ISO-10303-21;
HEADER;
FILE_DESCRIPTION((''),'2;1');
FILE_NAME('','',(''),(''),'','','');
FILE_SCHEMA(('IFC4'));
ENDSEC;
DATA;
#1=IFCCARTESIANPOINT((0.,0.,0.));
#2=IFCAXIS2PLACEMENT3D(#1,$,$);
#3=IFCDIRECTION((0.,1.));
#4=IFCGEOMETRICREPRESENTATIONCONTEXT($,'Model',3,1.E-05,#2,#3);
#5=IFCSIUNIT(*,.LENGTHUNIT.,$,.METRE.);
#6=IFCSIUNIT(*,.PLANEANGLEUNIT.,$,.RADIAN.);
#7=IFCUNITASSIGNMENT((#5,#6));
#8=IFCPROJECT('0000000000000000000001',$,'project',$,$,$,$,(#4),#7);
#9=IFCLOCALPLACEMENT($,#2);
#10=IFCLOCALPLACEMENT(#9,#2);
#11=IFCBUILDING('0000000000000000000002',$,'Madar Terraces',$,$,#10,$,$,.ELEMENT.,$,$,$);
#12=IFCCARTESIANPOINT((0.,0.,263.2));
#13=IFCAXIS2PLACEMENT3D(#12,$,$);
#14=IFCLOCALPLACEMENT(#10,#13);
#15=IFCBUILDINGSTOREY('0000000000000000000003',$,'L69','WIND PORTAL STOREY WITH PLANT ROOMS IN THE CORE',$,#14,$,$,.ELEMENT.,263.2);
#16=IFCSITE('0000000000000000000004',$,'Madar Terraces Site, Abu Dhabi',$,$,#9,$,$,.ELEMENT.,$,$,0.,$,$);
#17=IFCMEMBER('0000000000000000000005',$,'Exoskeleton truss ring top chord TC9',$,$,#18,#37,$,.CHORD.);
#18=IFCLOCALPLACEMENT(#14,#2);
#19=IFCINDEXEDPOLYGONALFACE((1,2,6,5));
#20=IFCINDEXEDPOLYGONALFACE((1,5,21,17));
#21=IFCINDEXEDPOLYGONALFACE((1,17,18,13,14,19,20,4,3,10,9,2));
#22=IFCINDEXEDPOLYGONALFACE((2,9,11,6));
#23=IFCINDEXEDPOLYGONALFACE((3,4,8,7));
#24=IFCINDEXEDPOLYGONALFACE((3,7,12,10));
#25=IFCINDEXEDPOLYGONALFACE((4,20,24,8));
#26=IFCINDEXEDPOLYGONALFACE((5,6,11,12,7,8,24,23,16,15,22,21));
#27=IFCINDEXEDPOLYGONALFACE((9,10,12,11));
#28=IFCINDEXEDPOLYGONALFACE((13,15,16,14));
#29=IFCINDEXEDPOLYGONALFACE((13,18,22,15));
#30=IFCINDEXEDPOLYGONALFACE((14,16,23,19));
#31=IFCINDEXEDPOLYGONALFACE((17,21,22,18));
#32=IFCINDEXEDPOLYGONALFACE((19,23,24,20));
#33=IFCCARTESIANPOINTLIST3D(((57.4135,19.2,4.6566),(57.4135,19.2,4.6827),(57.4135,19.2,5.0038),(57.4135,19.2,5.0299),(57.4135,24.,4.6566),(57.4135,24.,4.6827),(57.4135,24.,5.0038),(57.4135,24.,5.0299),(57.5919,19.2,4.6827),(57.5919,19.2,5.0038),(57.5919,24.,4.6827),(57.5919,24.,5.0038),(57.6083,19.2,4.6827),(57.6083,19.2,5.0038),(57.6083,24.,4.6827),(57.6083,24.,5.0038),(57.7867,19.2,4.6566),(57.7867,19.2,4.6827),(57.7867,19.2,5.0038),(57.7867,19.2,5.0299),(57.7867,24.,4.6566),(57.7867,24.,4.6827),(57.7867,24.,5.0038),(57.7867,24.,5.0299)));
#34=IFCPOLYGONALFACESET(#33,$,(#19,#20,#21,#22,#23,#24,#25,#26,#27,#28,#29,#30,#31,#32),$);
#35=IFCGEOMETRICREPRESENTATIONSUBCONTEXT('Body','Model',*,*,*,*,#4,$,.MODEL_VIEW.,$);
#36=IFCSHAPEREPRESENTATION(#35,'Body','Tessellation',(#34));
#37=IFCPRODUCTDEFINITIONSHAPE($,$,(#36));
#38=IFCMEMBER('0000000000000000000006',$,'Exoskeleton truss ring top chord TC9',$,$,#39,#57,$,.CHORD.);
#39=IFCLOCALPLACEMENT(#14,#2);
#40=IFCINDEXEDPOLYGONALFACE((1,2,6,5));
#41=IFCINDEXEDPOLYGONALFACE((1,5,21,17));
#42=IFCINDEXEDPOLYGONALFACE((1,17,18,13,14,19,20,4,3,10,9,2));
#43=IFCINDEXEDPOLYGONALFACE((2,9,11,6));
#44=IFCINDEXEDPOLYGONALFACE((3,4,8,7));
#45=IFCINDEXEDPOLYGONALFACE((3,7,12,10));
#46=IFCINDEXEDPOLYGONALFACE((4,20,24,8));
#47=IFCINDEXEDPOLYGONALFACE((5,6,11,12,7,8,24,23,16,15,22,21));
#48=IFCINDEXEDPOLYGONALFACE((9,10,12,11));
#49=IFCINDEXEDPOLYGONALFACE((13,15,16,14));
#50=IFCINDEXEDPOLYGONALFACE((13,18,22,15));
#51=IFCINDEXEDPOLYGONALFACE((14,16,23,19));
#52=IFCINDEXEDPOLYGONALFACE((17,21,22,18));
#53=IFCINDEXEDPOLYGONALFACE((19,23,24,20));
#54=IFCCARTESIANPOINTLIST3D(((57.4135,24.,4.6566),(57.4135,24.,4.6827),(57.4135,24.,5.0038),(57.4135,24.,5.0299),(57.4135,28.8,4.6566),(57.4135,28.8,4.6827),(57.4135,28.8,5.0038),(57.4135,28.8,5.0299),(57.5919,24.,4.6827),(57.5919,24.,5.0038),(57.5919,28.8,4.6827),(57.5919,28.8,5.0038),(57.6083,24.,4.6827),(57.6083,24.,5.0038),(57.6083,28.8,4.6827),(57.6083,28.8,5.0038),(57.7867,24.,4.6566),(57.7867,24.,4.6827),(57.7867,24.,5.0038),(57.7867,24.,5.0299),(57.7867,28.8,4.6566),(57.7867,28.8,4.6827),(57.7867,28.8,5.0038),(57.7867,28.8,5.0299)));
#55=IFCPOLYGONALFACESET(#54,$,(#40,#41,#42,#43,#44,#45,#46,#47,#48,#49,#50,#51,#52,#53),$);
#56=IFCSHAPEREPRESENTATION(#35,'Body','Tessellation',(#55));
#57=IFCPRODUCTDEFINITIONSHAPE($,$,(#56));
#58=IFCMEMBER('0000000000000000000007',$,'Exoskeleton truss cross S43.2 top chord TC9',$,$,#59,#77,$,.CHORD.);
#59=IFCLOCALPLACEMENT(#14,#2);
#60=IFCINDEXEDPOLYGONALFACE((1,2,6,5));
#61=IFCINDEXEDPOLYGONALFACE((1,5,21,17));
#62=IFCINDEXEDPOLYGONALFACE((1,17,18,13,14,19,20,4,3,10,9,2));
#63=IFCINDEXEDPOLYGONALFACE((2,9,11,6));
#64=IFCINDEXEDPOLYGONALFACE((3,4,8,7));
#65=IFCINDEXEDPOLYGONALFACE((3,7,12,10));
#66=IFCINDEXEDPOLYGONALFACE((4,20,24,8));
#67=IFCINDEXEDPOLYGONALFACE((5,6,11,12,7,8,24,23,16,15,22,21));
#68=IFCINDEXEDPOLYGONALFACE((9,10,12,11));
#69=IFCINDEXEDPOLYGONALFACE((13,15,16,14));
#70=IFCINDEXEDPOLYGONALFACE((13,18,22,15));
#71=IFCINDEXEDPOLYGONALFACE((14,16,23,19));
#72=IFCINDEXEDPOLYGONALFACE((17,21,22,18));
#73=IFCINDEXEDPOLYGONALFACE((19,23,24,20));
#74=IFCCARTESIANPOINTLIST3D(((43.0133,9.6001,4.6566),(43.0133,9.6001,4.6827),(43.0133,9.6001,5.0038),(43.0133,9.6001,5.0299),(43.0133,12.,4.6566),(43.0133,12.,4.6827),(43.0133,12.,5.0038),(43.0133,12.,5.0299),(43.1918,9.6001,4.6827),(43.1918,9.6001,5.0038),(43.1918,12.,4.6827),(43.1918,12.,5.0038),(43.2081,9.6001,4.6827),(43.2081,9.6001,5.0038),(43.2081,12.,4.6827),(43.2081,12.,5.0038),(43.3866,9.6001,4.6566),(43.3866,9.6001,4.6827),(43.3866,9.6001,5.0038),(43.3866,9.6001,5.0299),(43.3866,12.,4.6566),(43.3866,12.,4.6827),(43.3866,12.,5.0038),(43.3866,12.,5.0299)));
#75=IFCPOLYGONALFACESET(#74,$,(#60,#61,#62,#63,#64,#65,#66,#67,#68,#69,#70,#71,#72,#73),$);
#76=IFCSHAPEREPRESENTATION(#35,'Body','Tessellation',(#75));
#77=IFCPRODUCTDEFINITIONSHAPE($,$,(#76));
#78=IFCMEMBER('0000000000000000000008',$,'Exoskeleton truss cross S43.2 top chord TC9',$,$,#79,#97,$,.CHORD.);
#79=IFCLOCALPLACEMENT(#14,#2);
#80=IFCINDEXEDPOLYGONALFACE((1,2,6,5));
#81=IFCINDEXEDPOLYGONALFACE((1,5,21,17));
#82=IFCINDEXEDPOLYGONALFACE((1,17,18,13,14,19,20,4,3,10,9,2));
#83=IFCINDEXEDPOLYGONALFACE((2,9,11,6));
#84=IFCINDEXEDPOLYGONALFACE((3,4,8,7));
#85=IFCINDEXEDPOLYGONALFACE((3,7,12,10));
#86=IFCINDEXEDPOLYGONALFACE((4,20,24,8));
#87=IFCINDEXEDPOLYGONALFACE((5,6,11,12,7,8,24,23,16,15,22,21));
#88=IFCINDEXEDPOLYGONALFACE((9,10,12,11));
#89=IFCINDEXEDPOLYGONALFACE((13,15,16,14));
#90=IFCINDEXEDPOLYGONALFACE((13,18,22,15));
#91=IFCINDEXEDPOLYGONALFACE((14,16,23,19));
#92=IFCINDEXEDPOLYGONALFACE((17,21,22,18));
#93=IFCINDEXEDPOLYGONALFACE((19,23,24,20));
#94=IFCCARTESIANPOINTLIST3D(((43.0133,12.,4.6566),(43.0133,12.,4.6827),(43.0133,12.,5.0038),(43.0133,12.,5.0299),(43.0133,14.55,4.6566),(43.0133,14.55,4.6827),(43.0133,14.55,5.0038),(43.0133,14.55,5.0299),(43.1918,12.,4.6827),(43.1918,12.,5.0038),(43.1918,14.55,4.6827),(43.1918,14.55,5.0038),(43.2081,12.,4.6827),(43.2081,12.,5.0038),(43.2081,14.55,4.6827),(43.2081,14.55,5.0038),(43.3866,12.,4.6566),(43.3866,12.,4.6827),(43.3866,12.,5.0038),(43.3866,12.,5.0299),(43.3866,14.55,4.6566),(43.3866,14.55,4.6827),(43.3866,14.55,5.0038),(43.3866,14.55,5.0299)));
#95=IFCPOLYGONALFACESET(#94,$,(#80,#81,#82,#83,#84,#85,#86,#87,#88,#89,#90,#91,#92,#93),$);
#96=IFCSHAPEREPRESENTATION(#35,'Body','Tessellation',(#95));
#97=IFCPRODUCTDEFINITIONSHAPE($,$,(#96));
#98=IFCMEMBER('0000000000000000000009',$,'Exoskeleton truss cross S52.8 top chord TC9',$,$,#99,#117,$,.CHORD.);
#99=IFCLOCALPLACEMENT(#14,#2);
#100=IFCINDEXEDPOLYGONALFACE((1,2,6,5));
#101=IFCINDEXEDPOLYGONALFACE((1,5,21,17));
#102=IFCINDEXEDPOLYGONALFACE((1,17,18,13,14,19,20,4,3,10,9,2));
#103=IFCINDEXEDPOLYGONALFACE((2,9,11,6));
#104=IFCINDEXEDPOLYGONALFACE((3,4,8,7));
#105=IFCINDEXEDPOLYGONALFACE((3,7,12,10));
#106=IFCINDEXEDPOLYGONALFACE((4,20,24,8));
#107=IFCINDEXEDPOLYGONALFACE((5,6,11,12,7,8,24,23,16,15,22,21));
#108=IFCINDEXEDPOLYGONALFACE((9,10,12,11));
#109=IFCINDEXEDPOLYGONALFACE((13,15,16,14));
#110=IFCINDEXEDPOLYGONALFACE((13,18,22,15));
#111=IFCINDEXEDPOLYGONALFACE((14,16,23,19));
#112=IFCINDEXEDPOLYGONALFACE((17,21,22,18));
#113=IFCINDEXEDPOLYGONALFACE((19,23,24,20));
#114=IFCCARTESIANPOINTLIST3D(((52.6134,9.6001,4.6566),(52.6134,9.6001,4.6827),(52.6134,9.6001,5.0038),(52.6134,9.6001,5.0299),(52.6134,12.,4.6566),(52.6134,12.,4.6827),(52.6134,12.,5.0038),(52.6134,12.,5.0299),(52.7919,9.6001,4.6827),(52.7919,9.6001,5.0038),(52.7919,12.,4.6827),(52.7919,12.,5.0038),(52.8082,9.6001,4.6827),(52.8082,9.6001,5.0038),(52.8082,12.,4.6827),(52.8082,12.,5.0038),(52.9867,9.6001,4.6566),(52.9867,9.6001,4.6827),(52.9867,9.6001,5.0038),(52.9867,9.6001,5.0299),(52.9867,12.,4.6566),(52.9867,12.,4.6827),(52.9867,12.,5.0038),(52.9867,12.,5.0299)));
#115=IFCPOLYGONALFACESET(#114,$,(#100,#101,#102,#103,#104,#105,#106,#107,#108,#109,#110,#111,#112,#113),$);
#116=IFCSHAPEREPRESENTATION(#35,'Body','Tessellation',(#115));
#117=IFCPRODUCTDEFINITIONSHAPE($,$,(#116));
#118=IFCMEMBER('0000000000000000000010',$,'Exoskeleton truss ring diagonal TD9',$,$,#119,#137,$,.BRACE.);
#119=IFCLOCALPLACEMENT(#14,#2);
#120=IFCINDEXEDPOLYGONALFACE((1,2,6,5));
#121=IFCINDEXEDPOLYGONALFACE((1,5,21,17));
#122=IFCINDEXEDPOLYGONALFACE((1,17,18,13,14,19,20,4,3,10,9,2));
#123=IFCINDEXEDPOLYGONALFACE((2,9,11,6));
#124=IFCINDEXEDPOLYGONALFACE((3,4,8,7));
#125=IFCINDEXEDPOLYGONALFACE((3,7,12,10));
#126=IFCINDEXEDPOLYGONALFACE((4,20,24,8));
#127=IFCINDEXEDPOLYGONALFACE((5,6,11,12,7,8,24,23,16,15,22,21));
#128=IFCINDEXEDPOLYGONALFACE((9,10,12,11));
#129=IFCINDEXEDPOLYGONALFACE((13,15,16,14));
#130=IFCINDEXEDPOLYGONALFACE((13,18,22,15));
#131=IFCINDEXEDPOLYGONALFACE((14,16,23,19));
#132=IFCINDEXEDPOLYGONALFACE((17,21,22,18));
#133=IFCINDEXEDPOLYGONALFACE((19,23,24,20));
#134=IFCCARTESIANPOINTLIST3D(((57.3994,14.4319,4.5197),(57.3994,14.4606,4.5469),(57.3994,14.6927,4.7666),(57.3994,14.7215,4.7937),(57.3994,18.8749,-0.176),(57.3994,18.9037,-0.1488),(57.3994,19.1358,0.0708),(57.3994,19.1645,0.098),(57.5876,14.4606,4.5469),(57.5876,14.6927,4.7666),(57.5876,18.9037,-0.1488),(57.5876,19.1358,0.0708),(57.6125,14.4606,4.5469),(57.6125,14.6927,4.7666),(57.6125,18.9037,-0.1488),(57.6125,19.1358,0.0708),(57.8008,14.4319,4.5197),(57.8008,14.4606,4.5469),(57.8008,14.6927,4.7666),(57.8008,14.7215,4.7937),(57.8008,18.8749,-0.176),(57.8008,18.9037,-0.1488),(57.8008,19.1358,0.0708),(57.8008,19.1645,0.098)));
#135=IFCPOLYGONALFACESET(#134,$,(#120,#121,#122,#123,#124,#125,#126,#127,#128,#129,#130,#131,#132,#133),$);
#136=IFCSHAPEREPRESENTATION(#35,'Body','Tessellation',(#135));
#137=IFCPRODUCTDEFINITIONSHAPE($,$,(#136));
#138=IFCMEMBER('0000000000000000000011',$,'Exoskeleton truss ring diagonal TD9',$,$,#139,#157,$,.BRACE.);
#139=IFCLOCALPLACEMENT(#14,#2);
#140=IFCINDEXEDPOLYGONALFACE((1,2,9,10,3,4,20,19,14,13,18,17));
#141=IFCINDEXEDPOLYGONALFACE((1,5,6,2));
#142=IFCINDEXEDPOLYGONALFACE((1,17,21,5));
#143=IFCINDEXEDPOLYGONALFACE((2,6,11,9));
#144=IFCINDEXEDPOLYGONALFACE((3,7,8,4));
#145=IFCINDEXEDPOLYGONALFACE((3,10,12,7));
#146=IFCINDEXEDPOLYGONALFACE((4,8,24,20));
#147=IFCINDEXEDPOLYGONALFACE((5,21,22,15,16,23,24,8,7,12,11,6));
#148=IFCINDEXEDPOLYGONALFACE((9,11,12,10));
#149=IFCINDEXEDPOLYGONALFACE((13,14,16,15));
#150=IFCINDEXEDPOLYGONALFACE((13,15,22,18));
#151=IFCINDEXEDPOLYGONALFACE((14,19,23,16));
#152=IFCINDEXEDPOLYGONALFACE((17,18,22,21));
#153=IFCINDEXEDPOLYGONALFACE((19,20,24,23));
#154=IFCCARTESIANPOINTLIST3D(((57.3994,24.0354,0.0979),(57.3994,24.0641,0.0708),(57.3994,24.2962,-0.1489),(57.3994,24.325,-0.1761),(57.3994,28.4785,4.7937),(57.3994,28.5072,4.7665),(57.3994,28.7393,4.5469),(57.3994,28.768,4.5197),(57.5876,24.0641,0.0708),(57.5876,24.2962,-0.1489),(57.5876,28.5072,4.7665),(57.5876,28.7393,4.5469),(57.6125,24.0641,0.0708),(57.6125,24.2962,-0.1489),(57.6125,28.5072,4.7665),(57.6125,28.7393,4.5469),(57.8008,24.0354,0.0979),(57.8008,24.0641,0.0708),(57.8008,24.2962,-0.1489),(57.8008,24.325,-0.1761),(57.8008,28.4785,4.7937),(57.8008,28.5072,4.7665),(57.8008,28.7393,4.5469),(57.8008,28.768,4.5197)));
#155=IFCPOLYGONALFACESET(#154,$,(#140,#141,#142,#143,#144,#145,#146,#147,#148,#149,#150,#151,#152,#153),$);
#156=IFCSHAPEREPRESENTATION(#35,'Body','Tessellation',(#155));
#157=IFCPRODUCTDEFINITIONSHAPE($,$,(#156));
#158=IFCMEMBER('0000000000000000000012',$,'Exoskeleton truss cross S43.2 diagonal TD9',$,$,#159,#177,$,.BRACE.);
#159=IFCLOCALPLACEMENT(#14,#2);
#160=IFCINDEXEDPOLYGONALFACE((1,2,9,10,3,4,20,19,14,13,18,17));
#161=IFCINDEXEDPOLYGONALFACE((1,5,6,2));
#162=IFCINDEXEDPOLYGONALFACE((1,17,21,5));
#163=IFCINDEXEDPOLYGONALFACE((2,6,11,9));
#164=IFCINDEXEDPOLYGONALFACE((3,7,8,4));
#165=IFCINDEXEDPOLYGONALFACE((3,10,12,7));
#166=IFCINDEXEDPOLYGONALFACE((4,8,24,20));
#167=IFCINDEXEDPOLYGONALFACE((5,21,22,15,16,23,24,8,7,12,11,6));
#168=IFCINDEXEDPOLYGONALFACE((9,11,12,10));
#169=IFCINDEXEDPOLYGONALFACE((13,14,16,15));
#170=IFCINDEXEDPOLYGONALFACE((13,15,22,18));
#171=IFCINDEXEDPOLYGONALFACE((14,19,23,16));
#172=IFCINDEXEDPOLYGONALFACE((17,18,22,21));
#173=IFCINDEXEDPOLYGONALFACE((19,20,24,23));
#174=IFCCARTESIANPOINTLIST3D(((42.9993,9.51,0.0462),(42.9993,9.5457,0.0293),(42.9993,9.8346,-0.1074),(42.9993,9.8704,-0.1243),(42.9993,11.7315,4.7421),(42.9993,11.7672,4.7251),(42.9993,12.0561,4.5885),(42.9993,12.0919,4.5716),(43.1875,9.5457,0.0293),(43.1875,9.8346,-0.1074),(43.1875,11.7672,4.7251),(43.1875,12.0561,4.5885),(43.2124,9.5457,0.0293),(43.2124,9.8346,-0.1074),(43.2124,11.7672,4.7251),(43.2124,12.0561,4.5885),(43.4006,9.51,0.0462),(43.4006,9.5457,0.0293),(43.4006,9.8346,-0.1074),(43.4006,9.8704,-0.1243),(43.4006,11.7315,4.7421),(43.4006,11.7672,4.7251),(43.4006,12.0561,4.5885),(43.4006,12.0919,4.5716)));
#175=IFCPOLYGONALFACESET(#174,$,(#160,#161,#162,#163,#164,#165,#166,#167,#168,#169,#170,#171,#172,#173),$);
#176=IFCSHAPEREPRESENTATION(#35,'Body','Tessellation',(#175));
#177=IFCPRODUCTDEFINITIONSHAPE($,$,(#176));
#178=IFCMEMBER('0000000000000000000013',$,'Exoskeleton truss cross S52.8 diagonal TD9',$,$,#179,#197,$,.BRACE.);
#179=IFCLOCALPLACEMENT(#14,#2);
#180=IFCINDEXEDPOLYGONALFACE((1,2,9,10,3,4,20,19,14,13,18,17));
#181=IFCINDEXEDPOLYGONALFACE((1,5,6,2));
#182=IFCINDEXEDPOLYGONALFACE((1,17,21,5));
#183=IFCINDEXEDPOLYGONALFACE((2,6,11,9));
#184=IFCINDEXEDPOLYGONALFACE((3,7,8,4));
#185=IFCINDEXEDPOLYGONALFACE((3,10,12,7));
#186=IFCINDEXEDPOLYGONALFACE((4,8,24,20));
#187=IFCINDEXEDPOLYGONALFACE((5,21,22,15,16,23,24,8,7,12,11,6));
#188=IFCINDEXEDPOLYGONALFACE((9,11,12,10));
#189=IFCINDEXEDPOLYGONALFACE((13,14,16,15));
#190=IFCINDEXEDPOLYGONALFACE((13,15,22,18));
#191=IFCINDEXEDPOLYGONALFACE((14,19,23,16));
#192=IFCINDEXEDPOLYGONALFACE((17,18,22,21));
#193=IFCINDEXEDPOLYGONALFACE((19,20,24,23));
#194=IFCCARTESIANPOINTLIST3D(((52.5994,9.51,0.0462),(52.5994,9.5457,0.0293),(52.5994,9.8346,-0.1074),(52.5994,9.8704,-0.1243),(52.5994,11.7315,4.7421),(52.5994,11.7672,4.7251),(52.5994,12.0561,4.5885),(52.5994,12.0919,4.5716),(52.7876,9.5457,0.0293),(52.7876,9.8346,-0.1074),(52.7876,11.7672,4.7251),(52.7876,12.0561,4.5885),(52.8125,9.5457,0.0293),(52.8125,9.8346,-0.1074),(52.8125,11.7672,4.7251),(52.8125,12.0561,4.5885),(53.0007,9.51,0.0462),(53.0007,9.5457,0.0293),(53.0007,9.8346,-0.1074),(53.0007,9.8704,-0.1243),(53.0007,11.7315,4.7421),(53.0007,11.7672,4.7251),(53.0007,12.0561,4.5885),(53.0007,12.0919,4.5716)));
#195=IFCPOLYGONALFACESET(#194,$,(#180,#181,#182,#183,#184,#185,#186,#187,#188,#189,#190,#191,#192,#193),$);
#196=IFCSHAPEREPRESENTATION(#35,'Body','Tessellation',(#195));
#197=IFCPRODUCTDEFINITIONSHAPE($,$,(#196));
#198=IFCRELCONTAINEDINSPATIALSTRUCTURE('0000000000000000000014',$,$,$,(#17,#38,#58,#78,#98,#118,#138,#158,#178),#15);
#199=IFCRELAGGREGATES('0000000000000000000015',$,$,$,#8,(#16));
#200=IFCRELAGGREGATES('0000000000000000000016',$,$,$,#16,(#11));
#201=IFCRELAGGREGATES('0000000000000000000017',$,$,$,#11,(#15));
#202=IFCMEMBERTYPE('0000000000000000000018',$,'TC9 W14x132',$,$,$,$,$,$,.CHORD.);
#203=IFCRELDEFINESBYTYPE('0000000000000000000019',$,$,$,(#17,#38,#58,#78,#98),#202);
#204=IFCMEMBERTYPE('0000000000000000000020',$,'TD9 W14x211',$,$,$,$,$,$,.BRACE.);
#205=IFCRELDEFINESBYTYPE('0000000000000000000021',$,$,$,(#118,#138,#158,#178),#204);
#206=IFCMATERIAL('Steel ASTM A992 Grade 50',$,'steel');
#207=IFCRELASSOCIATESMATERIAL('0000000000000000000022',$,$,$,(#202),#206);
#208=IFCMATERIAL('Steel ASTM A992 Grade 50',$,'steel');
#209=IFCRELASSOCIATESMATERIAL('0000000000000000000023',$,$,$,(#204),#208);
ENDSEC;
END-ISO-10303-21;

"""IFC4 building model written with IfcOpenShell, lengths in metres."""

from ifc_helpers import new_model, si_unit, direction, frame, origin, origin_2d, place, context, subcontext, project, spatial, i_section, extrude, material, material_profile, profile_set, type_object, element, save


model = new_model("IFC4")

# Units and contexts
model_context = context("Model", 3, precision=1e-05, world=origin(), true_north=direction((0.0, 1.0)))
body_context = subcontext(model_context, "Body", "Model", "MODEL_VIEW")
ifc_project = project(units=[si_unit("LENGTHUNIT", "METRE"), si_unit("PLANEANGLEUNIT", "RADIAN")], contexts=[model_context])

# Site, building, storey
site_placement = place(None, origin())
site = spatial("IfcSite", under=ifc_project, at=site_placement, Name="Madar Terraces Site, Abu Dhabi", CompositionType="ELEMENT", RefElevation=0.0)
building_placement = place(site_placement, origin())
building = spatial("IfcBuilding", under=site, at=building_placement, Name="Madar Terraces", CompositionType="ELEMENT")
storey_placement = place(building_placement, frame((0.0, 0.0, 263.2)))
storey = spatial("IfcBuildingStorey", under=building, at=storey_placement, Name="L69", Description="WIND PORTAL STOREY WITH PLANT ROOMS IN THE CORE", CompositionType="ELEMENT", Elevation=263.2)

# Members
ifc_material_1 = material(Name="Steel ASTM A992 Grade 50", Category="steel")
ifc_material_profile_1 = material_profile(ifc_material_1, i_section(OverallWidth=0.3733, OverallDepth=0.3733, WebThickness=0.0164, FlangeThickness=0.0261, at=origin_2d()), Name="W14x132")
ifc_profile_set_1 = profile_set([ifc_material_profile_1], Name="Steel ASTM A992 Grade 50")
member_type_1 = type_object("IfcMemberType", Name="TC9 W14x132", PredefinedType="CHORD", material=ifc_profile_set_1)
for number, where, z_axis, x_axis, name in (
    (1, (57.6001, 19.2, 4.8433), (0.0, 1.0, 0.0), (-1.0, 0.0, 0.0), "Exoskeleton truss ring top chord TC9"),
    (2, (57.6001, 24.0, 4.8433), (0.0, 1.0, 0.0), (-1.0, 0.0, 0.0), "Exoskeleton truss ring top chord TC9"),
):
    element("IfcMember", number, at=place(storey_placement, frame(where, z_axis=z_axis, x_axis=x_axis)), inside=storey, type_object=member_type_1, Name=name, PredefinedType="CHORD", context=body_context, shape_type="SweptSolid", body=[
        extrude(i_section(OverallWidth=0.3733, OverallDepth=0.3733, WebThickness=0.0164, FlangeThickness=0.0261, at=origin_2d()), origin(), (0.0, 0.0, 1.0), 4.8),
    ])
member_1_placement = place(storey_placement, frame((43.2, 9.6001, 4.8433), z_axis=(0.0, 1.0, 0.0), x_axis=(-1.0, 0.0, 0.0)))
element("IfcMember", 3, at=member_1_placement, inside=storey, type_object=member_type_1, Name="Exoskeleton truss cross S43.2 top chord TC9", PredefinedType="CHORD", context=body_context, shape_type="SweptSolid", body=[
    extrude(i_section(OverallWidth=0.3733, OverallDepth=0.3733, WebThickness=0.0164, FlangeThickness=0.0261, at=origin_2d()), origin(), (0.0, 0.0, 1.0), 2.3999),
])
member_2_placement = place(storey_placement, frame((43.2, 12.0, 4.8433), z_axis=(0.0, 1.0, 0.0), x_axis=(-1.0, 0.0, 0.0)))
element("IfcMember", 4, at=member_2_placement, inside=storey, type_object=member_type_1, Name="Exoskeleton truss cross S43.2 top chord TC9", PredefinedType="CHORD", context=body_context, shape_type="SweptSolid", body=[
    extrude(i_section(OverallWidth=0.3733, OverallDepth=0.3733, WebThickness=0.0164, FlangeThickness=0.0261, at=origin_2d()), origin(), (0.0, 0.0, 1.0), 2.55),
])
member_3_placement = place(storey_placement, frame((52.8, 9.6001, 4.8433), z_axis=(0.0, 1.0, 0.0), x_axis=(-1.0, 0.0, 0.0)))
element("IfcMember", 5, at=member_3_placement, inside=storey, type_object=member_type_1, Name="Exoskeleton truss cross S52.8 top chord TC9", PredefinedType="CHORD", context=body_context, shape_type="SweptSolid", body=[
    extrude(i_section(OverallWidth=0.3733, OverallDepth=0.3733, WebThickness=0.0164, FlangeThickness=0.0261, at=origin_2d()), origin(), (0.0, 0.0, 1.0), 2.3999),
])
ifc_material_2 = material(Name="Steel ASTM A992 Grade 50", Category="steel")
ifc_material_profile_2 = material_profile(ifc_material_2, i_section(OverallWidth=0.4014, OverallDepth=0.3987, WebThickness=0.0249, FlangeThickness=0.0396, at=origin_2d()), Name="W14x211")
ifc_profile_set_2 = profile_set([ifc_material_profile_2], Name="Steel ASTM A992 Grade 50")
member_type_2 = type_object("IfcMemberType", Name="TD9 W14x211", PredefinedType="BRACE", material=ifc_profile_set_2)
for number, where, z_axis, x_axis, name in (
    (6, (57.6001, 14.5767, 4.6567), (0.0, 0.687293, -0.72638), (-1.0, 0.0, 0.0), "Exoskeleton truss ring diagonal TD9"),
    (7, (57.6001, 24.1802, -0.0391), (0.0, 0.687293, 0.72638), (-1.0, 0.0, 0.0), "Exoskeleton truss ring diagonal TD9"),
):
    element("IfcMember", number, at=place(storey_placement, frame(where, z_axis=z_axis, x_axis=x_axis)), inside=storey, type_object=member_type_2, Name=name, PredefinedType="BRACE", context=body_context, shape_type="SweptSolid", body=[
        extrude(i_section(OverallWidth=0.4014, OverallDepth=0.3987, WebThickness=0.0249, FlangeThickness=0.0396, at=origin_2d()), origin(), (0.0, 0.0, 1.0), 6.4646),
    ])
for number, where, z_axis, x_axis, name in (
    (8, (43.2, 9.6902, -0.0391), (0.0, 0.427632, 0.903953), (-1.0, 0.0, 0.0), "Exoskeleton truss cross S43.2 diagonal TD9"),
    (9, (52.8, 9.6902, -0.0391), (0.0, 0.427632, 0.903953), (-1.0, 0.0, 0.0), "Exoskeleton truss cross S52.8 diagonal TD9"),
):
    element("IfcMember", number, at=place(storey_placement, frame(where, z_axis=z_axis, x_axis=x_axis)), inside=storey, type_object=member_type_2, Name=name, PredefinedType="BRACE", context=body_context, shape_type="SweptSolid", body=[
        extrude(i_section(OverallWidth=0.4014, OverallDepth=0.3987, WebThickness=0.0249, FlangeThickness=0.0396, at=origin_2d()), origin(), (0.0, 0.0, 1.0), 5.1948),
    ])

save(model, "model.ifc")
